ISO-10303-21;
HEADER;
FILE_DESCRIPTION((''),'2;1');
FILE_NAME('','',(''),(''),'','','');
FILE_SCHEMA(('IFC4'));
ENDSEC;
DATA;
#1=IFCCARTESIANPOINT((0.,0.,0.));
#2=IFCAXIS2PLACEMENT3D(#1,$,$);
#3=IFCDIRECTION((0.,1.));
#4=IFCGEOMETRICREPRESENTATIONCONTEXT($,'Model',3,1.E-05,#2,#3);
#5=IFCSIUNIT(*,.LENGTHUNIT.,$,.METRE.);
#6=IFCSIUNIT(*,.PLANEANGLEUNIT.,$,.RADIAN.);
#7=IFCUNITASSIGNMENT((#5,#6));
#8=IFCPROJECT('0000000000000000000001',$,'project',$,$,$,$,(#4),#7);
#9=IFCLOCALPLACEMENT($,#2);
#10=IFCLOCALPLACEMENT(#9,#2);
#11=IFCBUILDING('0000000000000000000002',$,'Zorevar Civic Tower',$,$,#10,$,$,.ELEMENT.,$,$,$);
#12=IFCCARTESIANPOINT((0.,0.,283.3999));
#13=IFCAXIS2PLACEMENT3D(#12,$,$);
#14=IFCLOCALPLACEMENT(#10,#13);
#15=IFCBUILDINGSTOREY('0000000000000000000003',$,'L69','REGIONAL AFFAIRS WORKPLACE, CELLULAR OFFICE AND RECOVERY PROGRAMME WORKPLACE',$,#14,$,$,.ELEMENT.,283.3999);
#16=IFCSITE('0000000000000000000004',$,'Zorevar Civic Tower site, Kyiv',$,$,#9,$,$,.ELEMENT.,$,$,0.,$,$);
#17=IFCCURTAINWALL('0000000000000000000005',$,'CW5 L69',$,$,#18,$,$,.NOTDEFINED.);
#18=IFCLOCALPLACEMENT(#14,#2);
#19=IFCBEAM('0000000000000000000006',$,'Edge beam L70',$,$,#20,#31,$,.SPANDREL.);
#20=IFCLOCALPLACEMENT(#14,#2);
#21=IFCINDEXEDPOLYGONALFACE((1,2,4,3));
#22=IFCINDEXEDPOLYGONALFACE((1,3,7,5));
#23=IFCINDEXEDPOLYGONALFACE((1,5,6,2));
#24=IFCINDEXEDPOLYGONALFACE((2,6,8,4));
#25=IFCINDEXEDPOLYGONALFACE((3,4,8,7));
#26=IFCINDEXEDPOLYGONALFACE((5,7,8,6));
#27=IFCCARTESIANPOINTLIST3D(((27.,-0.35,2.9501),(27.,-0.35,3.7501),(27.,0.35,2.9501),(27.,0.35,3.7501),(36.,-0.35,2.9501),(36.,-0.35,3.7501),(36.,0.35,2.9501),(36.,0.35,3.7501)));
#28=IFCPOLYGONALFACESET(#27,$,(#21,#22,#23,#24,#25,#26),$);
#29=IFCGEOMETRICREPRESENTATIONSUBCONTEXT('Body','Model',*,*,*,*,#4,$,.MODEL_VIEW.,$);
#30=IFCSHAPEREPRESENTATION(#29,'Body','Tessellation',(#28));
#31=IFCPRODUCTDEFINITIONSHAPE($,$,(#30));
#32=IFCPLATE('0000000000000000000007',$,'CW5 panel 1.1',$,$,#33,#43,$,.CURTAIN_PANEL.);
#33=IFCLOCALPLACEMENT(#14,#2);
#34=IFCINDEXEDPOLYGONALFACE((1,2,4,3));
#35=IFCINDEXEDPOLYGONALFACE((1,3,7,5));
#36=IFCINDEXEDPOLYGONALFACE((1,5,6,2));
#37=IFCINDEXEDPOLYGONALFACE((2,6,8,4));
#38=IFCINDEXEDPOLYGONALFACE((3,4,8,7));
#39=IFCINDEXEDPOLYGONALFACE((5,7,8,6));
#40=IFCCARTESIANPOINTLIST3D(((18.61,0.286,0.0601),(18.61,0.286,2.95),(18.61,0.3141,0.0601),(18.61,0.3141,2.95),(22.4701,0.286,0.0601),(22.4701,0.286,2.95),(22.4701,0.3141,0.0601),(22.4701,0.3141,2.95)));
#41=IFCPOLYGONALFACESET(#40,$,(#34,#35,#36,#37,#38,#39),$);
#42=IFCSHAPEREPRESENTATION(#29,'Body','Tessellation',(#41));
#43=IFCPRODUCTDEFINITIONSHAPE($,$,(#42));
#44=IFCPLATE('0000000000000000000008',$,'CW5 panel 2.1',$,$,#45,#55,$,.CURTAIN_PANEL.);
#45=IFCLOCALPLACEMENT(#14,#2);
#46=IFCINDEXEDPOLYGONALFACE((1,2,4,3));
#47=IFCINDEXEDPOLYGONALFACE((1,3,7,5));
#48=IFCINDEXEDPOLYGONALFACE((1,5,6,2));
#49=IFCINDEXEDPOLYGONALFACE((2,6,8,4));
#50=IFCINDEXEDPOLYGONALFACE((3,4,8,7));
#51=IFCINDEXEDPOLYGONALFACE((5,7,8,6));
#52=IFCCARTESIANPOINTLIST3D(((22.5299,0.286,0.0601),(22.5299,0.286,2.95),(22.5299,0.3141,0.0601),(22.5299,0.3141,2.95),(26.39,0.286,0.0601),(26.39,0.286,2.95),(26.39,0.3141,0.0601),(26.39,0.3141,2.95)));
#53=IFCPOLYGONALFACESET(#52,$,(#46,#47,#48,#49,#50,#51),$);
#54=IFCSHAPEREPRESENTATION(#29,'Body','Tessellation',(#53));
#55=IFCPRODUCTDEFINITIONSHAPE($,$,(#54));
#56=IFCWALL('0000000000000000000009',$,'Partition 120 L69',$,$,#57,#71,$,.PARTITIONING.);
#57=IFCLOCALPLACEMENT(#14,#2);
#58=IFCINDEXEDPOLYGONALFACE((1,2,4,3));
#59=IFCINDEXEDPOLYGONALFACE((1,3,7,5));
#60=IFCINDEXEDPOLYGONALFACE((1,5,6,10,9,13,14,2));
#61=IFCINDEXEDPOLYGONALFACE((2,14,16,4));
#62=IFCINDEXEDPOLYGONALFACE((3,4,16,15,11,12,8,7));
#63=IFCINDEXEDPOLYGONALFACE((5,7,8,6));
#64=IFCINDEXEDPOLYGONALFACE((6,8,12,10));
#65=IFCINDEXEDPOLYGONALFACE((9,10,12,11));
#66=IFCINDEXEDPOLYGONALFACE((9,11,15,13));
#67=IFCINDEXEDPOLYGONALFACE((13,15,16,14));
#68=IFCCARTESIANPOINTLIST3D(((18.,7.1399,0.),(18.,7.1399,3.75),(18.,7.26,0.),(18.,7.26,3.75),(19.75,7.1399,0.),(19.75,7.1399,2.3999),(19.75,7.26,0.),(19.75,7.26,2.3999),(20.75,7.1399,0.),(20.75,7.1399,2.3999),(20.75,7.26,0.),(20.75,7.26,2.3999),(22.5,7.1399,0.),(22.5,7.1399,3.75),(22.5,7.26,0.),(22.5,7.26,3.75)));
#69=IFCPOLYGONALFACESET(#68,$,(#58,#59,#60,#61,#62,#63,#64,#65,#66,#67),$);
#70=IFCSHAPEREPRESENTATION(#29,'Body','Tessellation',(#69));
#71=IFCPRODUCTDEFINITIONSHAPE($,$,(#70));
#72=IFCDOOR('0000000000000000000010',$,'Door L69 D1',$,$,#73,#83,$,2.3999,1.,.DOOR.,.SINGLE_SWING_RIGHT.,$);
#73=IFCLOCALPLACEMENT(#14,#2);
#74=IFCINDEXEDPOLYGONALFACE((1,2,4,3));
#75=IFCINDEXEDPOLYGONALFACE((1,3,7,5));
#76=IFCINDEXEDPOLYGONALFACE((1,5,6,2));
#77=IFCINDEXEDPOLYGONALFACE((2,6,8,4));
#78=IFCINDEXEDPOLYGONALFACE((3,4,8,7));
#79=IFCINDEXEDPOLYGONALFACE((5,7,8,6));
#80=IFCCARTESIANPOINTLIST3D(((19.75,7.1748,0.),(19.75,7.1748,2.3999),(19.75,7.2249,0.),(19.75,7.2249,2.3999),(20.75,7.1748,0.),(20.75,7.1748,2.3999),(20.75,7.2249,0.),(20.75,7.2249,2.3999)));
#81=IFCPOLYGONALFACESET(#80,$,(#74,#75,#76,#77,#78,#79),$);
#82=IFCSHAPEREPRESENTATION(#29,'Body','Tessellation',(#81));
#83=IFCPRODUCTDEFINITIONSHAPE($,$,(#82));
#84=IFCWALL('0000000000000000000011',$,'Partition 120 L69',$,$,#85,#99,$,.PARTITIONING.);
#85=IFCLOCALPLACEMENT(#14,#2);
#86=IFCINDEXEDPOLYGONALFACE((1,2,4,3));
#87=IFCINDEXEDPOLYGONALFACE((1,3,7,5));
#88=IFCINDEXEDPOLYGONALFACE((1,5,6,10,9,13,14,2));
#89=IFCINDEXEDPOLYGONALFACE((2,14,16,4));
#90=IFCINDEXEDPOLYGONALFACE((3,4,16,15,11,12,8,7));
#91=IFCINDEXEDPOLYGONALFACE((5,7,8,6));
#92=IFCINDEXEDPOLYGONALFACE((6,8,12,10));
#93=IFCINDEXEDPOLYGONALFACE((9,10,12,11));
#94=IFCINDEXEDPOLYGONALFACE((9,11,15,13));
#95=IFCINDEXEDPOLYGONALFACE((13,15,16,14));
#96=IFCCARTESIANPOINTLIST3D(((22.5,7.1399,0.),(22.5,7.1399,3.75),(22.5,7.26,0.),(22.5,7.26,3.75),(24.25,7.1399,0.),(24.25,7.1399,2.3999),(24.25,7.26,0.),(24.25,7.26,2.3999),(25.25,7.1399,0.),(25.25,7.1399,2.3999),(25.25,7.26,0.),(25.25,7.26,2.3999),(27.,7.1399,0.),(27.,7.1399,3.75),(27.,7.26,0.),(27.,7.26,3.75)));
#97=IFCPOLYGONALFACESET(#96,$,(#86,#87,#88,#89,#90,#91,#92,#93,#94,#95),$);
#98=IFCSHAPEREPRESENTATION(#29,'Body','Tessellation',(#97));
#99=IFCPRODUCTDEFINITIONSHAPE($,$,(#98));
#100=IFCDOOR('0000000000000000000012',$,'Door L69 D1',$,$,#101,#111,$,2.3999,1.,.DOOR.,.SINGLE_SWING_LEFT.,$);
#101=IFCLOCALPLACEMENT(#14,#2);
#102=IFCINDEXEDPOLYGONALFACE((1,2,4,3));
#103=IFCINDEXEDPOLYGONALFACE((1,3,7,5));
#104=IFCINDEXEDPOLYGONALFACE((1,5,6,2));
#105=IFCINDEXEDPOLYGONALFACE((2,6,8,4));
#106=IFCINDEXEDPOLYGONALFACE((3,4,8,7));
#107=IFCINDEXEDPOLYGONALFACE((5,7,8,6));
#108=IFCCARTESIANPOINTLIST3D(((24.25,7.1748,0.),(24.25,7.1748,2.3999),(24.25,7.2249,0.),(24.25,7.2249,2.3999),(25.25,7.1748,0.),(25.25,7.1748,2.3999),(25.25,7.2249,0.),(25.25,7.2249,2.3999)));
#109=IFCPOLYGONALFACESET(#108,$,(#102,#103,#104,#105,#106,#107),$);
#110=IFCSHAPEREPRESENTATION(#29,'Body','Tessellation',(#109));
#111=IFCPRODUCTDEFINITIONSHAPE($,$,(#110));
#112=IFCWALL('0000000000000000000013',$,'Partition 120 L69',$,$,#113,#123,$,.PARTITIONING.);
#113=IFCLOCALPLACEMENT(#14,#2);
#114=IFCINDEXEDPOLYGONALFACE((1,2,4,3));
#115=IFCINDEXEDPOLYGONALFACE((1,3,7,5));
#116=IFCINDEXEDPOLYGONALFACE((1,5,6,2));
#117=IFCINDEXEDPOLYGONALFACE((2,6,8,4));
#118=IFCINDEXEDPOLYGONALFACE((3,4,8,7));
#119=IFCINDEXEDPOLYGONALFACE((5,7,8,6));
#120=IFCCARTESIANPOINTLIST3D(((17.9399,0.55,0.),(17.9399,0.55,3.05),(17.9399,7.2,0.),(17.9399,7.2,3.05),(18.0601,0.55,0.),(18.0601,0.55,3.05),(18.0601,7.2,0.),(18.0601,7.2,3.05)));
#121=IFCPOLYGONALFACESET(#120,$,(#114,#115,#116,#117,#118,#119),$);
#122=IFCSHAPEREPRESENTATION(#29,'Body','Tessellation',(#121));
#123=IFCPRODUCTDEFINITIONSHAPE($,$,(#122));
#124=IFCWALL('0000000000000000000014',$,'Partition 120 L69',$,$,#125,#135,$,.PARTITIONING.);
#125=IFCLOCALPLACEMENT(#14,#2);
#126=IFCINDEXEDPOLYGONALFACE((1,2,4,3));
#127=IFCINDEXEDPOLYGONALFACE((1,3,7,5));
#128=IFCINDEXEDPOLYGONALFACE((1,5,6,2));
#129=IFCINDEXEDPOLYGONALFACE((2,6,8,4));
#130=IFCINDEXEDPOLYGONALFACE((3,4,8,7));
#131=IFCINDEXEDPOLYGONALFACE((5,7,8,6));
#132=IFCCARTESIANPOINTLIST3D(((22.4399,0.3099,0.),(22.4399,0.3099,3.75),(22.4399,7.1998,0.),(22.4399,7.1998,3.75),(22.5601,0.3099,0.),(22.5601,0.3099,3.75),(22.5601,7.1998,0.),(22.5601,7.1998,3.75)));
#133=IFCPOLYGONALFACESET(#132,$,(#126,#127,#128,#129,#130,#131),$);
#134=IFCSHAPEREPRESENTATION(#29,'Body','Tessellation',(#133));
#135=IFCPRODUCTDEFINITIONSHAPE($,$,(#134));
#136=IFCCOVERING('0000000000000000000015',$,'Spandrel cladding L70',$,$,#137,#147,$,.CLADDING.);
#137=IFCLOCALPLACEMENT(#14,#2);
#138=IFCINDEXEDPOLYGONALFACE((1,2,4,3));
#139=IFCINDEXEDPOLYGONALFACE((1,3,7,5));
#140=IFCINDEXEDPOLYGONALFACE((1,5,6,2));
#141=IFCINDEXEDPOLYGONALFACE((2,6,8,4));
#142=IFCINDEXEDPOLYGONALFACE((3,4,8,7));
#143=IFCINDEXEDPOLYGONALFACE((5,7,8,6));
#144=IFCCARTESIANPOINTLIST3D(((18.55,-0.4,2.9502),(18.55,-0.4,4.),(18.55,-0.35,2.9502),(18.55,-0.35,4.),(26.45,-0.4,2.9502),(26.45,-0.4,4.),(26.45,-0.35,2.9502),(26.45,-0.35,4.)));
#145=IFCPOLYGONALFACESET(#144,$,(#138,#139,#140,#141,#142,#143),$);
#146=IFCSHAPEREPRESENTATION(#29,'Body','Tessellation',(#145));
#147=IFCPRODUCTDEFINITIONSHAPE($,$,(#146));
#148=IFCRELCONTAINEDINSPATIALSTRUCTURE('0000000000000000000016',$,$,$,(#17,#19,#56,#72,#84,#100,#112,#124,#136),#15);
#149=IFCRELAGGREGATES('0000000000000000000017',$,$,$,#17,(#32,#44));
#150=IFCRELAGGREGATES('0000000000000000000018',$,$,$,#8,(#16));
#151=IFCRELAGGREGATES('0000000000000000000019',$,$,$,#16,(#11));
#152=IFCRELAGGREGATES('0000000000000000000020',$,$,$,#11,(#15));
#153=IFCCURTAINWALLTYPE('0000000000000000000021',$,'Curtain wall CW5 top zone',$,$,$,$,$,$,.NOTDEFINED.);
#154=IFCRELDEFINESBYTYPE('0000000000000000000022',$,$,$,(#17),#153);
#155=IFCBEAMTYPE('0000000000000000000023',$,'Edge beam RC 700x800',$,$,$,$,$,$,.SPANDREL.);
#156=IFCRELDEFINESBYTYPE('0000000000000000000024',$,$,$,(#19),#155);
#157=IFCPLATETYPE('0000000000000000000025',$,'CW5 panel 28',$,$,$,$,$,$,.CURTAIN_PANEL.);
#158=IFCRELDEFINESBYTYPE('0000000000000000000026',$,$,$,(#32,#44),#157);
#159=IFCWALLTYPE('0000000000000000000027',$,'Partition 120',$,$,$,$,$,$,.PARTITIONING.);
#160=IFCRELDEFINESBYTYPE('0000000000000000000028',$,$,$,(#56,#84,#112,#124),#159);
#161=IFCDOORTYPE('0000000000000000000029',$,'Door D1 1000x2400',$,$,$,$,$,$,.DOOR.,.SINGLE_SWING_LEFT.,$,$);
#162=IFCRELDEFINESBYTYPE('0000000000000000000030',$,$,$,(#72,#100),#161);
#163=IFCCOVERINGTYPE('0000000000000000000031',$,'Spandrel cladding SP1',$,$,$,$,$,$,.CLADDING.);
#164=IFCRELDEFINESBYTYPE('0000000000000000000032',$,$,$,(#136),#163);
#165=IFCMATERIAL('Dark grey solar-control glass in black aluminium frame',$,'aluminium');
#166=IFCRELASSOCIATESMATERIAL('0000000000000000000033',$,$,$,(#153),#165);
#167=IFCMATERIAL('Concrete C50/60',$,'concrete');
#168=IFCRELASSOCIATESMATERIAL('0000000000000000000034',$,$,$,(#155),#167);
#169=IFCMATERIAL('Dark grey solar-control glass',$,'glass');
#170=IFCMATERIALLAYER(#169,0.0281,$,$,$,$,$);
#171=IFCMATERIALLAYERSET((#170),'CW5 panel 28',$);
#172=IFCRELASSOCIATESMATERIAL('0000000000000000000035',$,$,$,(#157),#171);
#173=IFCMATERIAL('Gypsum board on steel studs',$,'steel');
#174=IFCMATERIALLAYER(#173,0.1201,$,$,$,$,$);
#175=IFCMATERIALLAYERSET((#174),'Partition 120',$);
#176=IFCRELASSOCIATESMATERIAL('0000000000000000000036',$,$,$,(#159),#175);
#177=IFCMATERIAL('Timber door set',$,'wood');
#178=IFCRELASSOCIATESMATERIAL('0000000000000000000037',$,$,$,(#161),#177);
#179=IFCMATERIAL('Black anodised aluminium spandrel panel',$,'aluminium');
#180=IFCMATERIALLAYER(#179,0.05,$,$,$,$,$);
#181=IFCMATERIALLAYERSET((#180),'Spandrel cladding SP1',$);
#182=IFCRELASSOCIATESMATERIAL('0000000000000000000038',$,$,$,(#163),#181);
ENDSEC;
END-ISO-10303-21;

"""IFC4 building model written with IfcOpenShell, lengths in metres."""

from ifc_helpers import new_model, si_unit, direction, frame, frame_2d, origin, origin_2d, place, context, subcontext, project, spatial, rectangle, extrude, material, layer, layer_set, material_profile, profile_set, type_object, element, fill, aggregate, save


model = new_model("IFC4")

# Units and contexts
model_context = context("Model", 3, precision=1e-05, world=origin(), true_north=direction((0.0, 1.0)))
body_context = subcontext(model_context, "Body", "Model", "MODEL_VIEW")
ifc_project = project(units=[si_unit("LENGTHUNIT", "METRE"), si_unit("PLANEANGLEUNIT", "RADIAN")], contexts=[model_context])

# Site, building, storey
site_placement = place(None, origin())
site = spatial("IfcSite", under=ifc_project, at=site_placement, Name="Zorevar Civic Tower site, Kyiv", CompositionType="ELEMENT", RefElevation=0.0)
building_placement = place(site_placement, origin())
building = spatial("IfcBuilding", under=site, at=building_placement, Name="Zorevar Civic Tower", CompositionType="ELEMENT")
storey_placement = place(building_placement, frame((0.0, 0.0, 283.3999)))
storey = spatial("IfcBuildingStorey", under=building, at=storey_placement, Name="L69", Description="REGIONAL AFFAIRS WORKPLACE, CELLULAR OFFICE AND RECOVERY PROGRAMME WORKPLACE", CompositionType="ELEMENT", Elevation=283.3999)

# Curtain wall
ifc_material_1 = material(Name="Dark grey solar-control glass in black aluminium frame", Category="aluminium")
curtain_wall_type = type_object("IfcCurtainWallType", Name="Curtain wall CW5 top zone", PredefinedType="NOTDEFINED", material=ifc_material_1)
curtain_wall_placement = place(storey_placement, origin())
curtain_wall = element("IfcCurtainWall", 1, at=curtain_wall_placement, inside=storey, type_object=curtain_wall_type, Name="CW5 L69", PredefinedType="NOTDEFINED")

# Beam
ifc_material_2 = material(Name="Concrete C50/60", Category="concrete")
ifc_material_profile_1 = material_profile(ifc_material_2, rectangle(XDim=0.7, YDim=0.8, at=origin_2d()), Name="RC 700x800")
ifc_profile_set_1 = profile_set([ifc_material_profile_1], Name="Concrete C50/60")
beam_type_1 = type_object("IfcBeamType", Name="Edge beam RC 700x800", PredefinedType="SPANDREL", material=ifc_profile_set_1)
for number, where, z_axis, x_axis, name in (
    (2, (27.0, 0.0, 3.3501), (1.0, 0.0, 0.0), (0.0, 1.0, 0.0), "Edge beam L70"),
):
    element("IfcBeam", number, at=place(storey_placement, frame(where, z_axis=z_axis, x_axis=x_axis)), inside=storey, type_object=beam_type_1, Name=name, PredefinedType="SPANDREL", context=body_context, shape_type="SweptSolid", body=[
        extrude(rectangle(XDim=0.7, YDim=0.8, at=origin_2d()), origin(), (0.0, 0.0, 1.0), 9.0),
    ])

# Plates
ifc_material_3 = material(Name="Dark grey solar-control glass", Category="glass")
ifc_layer_1 = layer(ifc_material_3, 0.0281)
ifc_layer_set_1 = layer_set([ifc_layer_1], Name="CW5 panel 28")
plate_type = type_object("IfcPlateType", Name="CW5 panel 28", PredefinedType="CURTAIN_PANEL", material=ifc_layer_set_1)
plate_1_placement = place(storey_placement, frame((20.54, 0.3, 0.0601), z_axis=(0.0, 0.0, 1.0), x_axis=(1.0, 0.0, 0.0)))
plate_1 = element("IfcPlate", 3, at=plate_1_placement, type_object=plate_type, Name="CW5 panel 1.1", PredefinedType="CURTAIN_PANEL", context=body_context, shape_type="SweptSolid", body=[
    extrude(rectangle(XDim=3.8601, YDim=0.0281, at=origin_2d()), origin(), (0.0, 0.0, 1.0), 2.8899),
])
plate_2_placement = place(storey_placement, frame((24.46, 0.3, 0.0601), z_axis=(0.0, 0.0, 1.0), x_axis=(1.0, 0.0, 0.0)))
plate_2 = element("IfcPlate", 4, at=plate_2_placement, type_object=plate_type, Name="CW5 panel 2.1", PredefinedType="CURTAIN_PANEL", context=body_context, shape_type="SweptSolid", body=[
    extrude(rectangle(XDim=3.8601, YDim=0.0281, at=origin_2d()), origin(), (0.0, 0.0, 1.0), 2.8899),
])
aggregate(curtain_wall, [plate_1, plate_2])

# Walls, openings, doors
ifc_material_4 = material(Name="Gypsum board on steel studs", Category="steel")
ifc_layer_2 = layer(ifc_material_4, 0.1201)
ifc_layer_set_2 = layer_set([ifc_layer_2], Name="Partition 120")
wall_type = type_object("IfcWallType", Name="Partition 120", PredefinedType="PARTITIONING", material=ifc_layer_set_2)
wall_1_placement = place(storey_placement, frame((18.0, 7.2, 0.0), z_axis=(0.0, 0.0, 1.0), x_axis=(1.0, 0.0, 0.0)))
wall_1 = element("IfcWall", 5, at=wall_1_placement, inside=storey, type_object=wall_type, Name="Partition 120 L69", PredefinedType="PARTITIONING", context=body_context, shape_type="SweptSolid", body=[
    extrude(rectangle(XDim=4.5, YDim=0.1201, at=frame_2d((2.25, 0.0))), origin(), (0.0, 0.0, 1.0), 3.75),
])
opening_1_placement = place(wall_1_placement, frame((1.75, 0.0, 0.0)))
opening_1 = element("IfcOpeningElement", 6, at=opening_1_placement, cuts=wall_1, PredefinedType="OPENING", context=body_context, shape_type="SweptSolid", body=[
    extrude(rectangle(XDim=1.0, YDim=2.3999, at=frame_2d((0.5, 1.2))), frame((0.0, 0.0701, 0.0), z_axis=(0.0, -1.0, 0.0), x_axis=(1.0, 0.0, 0.0)), (0.0, 0.0, 1.0), 0.1401),
])
ifc_material_5 = material(Name="Timber door set", Category="wood")
door_type = type_object("IfcDoorType", Name="Door D1 1000x2400", OperationType="SINGLE_SWING_LEFT", PredefinedType="DOOR", material=ifc_material_5)
door_1_placement = place(opening_1_placement, origin())
door_1 = element("IfcDoor", 7, at=door_1_placement, inside=storey, type_object=door_type, Name="Door L69 D1", OperationType="SINGLE_SWING_RIGHT", OverallHeight=2.3999, OverallWidth=1.0, PredefinedType="DOOR", context=body_context, shape_type="SweptSolid", body=[
    extrude(rectangle(XDim=1.0, YDim=2.3999, at=frame_2d((0.5, 1.2))), frame((0.0, 0.0249, 0.0), z_axis=(0.0, -1.0, 0.0), x_axis=(1.0, 0.0, 0.0)), (0.0, 0.0, 1.0), 0.05),
])
fill(opening_1, door_1)
wall_2_placement = place(storey_placement, frame((22.5, 7.2, 0.0), z_axis=(0.0, 0.0, 1.0), x_axis=(1.0, 0.0, 0.0)))
wall_2 = element("IfcWall", 8, at=wall_2_placement, inside=storey, type_object=wall_type, Name="Partition 120 L69", PredefinedType="PARTITIONING", context=body_context, shape_type="SweptSolid", body=[
    extrude(rectangle(XDim=4.5, YDim=0.1201, at=frame_2d((2.25, 0.0))), origin(), (0.0, 0.0, 1.0), 3.75),
])
opening_2_placement = place(wall_2_placement, frame((1.75, 0.0, 0.0)))
opening_2 = element("IfcOpeningElement", 9, at=opening_2_placement, cuts=wall_2, PredefinedType="OPENING", context=body_context, shape_type="SweptSolid", body=[
    extrude(rectangle(XDim=1.0, YDim=2.3999, at=frame_2d((0.5, 1.2))), frame((0.0, 0.0701, 0.0), z_axis=(0.0, -1.0, 0.0), x_axis=(1.0, 0.0, 0.0)), (0.0, 0.0, 1.0), 0.1401),
])
door_2_placement = place(opening_2_placement, origin())
door_2 = element("IfcDoor", 10, at=door_2_placement, inside=storey, type_object=door_type, Name="Door L69 D1", OperationType="SINGLE_SWING_LEFT", OverallHeight=2.3999, OverallWidth=1.0, PredefinedType="DOOR", context=body_context, shape_type="SweptSolid", body=[
    extrude(rectangle(XDim=1.0, YDim=2.3999, at=frame_2d((0.5, 1.2))), frame((0.0, 0.0249, 0.0), z_axis=(0.0, -1.0, 0.0), x_axis=(1.0, 0.0, 0.0)), (0.0, 0.0, 1.0), 0.05),
])
fill(opening_2, door_2)

# Walls
wall_3_placement = place(storey_placement, frame((18.0, 0.55, 0.0), z_axis=(0.0, 0.0, 1.0), x_axis=(0.0, 1.0, 0.0)))
element("IfcWall", 11, at=wall_3_placement, inside=storey, type_object=wall_type, Name="Partition 120 L69", PredefinedType="PARTITIONING", context=body_context, shape_type="SweptSolid", body=[
    extrude(rectangle(XDim=6.6499, YDim=0.1201, at=frame_2d((3.325, 0.0))), origin(), (0.0, 0.0, 1.0), 3.05),
])
wall_4_placement = place(storey_placement, frame((22.5, 0.3101, 0.0), z_axis=(0.0, 0.0, 1.0), x_axis=(0.0, 1.0, 0.0)))
element("IfcWall", 12, at=wall_4_placement, inside=storey, type_object=wall_type, Name="Partition 120 L69", PredefinedType="PARTITIONING", context=body_context, shape_type="SweptSolid", body=[
    extrude(rectangle(XDim=6.8899, YDim=0.1201, at=frame_2d((3.4448, 0.0))), origin(), (0.0, 0.0, 1.0), 3.75),
])

# Covering
ifc_material_6 = material(Name="Black anodised aluminium spandrel panel", Category="aluminium")
ifc_layer_3 = layer(ifc_material_6, 0.05)
ifc_layer_set_3 = layer_set([ifc_layer_3], Name="Spandrel cladding SP1")
covering_type = type_object("IfcCoveringType", Name="Spandrel cladding SP1", PredefinedType="CLADDING", material=ifc_layer_set_3)
covering_placement = place(storey_placement, frame((18.55, -0.375, 2.9502), z_axis=(0.0, 0.0, 1.0), x_axis=(1.0, 0.0, 0.0)))
element("IfcCovering", 13, at=covering_placement, inside=storey, type_object=covering_type, Name="Spandrel cladding L70", PredefinedType="CLADDING", context=body_context, shape_type="SweptSolid", body=[
    extrude(rectangle(XDim=7.8999, YDim=0.05, at=frame_2d((3.95, 0.0))), origin(), (0.0, 0.0, 1.0), 1.0498),
])

save(model, "model.ifc")
